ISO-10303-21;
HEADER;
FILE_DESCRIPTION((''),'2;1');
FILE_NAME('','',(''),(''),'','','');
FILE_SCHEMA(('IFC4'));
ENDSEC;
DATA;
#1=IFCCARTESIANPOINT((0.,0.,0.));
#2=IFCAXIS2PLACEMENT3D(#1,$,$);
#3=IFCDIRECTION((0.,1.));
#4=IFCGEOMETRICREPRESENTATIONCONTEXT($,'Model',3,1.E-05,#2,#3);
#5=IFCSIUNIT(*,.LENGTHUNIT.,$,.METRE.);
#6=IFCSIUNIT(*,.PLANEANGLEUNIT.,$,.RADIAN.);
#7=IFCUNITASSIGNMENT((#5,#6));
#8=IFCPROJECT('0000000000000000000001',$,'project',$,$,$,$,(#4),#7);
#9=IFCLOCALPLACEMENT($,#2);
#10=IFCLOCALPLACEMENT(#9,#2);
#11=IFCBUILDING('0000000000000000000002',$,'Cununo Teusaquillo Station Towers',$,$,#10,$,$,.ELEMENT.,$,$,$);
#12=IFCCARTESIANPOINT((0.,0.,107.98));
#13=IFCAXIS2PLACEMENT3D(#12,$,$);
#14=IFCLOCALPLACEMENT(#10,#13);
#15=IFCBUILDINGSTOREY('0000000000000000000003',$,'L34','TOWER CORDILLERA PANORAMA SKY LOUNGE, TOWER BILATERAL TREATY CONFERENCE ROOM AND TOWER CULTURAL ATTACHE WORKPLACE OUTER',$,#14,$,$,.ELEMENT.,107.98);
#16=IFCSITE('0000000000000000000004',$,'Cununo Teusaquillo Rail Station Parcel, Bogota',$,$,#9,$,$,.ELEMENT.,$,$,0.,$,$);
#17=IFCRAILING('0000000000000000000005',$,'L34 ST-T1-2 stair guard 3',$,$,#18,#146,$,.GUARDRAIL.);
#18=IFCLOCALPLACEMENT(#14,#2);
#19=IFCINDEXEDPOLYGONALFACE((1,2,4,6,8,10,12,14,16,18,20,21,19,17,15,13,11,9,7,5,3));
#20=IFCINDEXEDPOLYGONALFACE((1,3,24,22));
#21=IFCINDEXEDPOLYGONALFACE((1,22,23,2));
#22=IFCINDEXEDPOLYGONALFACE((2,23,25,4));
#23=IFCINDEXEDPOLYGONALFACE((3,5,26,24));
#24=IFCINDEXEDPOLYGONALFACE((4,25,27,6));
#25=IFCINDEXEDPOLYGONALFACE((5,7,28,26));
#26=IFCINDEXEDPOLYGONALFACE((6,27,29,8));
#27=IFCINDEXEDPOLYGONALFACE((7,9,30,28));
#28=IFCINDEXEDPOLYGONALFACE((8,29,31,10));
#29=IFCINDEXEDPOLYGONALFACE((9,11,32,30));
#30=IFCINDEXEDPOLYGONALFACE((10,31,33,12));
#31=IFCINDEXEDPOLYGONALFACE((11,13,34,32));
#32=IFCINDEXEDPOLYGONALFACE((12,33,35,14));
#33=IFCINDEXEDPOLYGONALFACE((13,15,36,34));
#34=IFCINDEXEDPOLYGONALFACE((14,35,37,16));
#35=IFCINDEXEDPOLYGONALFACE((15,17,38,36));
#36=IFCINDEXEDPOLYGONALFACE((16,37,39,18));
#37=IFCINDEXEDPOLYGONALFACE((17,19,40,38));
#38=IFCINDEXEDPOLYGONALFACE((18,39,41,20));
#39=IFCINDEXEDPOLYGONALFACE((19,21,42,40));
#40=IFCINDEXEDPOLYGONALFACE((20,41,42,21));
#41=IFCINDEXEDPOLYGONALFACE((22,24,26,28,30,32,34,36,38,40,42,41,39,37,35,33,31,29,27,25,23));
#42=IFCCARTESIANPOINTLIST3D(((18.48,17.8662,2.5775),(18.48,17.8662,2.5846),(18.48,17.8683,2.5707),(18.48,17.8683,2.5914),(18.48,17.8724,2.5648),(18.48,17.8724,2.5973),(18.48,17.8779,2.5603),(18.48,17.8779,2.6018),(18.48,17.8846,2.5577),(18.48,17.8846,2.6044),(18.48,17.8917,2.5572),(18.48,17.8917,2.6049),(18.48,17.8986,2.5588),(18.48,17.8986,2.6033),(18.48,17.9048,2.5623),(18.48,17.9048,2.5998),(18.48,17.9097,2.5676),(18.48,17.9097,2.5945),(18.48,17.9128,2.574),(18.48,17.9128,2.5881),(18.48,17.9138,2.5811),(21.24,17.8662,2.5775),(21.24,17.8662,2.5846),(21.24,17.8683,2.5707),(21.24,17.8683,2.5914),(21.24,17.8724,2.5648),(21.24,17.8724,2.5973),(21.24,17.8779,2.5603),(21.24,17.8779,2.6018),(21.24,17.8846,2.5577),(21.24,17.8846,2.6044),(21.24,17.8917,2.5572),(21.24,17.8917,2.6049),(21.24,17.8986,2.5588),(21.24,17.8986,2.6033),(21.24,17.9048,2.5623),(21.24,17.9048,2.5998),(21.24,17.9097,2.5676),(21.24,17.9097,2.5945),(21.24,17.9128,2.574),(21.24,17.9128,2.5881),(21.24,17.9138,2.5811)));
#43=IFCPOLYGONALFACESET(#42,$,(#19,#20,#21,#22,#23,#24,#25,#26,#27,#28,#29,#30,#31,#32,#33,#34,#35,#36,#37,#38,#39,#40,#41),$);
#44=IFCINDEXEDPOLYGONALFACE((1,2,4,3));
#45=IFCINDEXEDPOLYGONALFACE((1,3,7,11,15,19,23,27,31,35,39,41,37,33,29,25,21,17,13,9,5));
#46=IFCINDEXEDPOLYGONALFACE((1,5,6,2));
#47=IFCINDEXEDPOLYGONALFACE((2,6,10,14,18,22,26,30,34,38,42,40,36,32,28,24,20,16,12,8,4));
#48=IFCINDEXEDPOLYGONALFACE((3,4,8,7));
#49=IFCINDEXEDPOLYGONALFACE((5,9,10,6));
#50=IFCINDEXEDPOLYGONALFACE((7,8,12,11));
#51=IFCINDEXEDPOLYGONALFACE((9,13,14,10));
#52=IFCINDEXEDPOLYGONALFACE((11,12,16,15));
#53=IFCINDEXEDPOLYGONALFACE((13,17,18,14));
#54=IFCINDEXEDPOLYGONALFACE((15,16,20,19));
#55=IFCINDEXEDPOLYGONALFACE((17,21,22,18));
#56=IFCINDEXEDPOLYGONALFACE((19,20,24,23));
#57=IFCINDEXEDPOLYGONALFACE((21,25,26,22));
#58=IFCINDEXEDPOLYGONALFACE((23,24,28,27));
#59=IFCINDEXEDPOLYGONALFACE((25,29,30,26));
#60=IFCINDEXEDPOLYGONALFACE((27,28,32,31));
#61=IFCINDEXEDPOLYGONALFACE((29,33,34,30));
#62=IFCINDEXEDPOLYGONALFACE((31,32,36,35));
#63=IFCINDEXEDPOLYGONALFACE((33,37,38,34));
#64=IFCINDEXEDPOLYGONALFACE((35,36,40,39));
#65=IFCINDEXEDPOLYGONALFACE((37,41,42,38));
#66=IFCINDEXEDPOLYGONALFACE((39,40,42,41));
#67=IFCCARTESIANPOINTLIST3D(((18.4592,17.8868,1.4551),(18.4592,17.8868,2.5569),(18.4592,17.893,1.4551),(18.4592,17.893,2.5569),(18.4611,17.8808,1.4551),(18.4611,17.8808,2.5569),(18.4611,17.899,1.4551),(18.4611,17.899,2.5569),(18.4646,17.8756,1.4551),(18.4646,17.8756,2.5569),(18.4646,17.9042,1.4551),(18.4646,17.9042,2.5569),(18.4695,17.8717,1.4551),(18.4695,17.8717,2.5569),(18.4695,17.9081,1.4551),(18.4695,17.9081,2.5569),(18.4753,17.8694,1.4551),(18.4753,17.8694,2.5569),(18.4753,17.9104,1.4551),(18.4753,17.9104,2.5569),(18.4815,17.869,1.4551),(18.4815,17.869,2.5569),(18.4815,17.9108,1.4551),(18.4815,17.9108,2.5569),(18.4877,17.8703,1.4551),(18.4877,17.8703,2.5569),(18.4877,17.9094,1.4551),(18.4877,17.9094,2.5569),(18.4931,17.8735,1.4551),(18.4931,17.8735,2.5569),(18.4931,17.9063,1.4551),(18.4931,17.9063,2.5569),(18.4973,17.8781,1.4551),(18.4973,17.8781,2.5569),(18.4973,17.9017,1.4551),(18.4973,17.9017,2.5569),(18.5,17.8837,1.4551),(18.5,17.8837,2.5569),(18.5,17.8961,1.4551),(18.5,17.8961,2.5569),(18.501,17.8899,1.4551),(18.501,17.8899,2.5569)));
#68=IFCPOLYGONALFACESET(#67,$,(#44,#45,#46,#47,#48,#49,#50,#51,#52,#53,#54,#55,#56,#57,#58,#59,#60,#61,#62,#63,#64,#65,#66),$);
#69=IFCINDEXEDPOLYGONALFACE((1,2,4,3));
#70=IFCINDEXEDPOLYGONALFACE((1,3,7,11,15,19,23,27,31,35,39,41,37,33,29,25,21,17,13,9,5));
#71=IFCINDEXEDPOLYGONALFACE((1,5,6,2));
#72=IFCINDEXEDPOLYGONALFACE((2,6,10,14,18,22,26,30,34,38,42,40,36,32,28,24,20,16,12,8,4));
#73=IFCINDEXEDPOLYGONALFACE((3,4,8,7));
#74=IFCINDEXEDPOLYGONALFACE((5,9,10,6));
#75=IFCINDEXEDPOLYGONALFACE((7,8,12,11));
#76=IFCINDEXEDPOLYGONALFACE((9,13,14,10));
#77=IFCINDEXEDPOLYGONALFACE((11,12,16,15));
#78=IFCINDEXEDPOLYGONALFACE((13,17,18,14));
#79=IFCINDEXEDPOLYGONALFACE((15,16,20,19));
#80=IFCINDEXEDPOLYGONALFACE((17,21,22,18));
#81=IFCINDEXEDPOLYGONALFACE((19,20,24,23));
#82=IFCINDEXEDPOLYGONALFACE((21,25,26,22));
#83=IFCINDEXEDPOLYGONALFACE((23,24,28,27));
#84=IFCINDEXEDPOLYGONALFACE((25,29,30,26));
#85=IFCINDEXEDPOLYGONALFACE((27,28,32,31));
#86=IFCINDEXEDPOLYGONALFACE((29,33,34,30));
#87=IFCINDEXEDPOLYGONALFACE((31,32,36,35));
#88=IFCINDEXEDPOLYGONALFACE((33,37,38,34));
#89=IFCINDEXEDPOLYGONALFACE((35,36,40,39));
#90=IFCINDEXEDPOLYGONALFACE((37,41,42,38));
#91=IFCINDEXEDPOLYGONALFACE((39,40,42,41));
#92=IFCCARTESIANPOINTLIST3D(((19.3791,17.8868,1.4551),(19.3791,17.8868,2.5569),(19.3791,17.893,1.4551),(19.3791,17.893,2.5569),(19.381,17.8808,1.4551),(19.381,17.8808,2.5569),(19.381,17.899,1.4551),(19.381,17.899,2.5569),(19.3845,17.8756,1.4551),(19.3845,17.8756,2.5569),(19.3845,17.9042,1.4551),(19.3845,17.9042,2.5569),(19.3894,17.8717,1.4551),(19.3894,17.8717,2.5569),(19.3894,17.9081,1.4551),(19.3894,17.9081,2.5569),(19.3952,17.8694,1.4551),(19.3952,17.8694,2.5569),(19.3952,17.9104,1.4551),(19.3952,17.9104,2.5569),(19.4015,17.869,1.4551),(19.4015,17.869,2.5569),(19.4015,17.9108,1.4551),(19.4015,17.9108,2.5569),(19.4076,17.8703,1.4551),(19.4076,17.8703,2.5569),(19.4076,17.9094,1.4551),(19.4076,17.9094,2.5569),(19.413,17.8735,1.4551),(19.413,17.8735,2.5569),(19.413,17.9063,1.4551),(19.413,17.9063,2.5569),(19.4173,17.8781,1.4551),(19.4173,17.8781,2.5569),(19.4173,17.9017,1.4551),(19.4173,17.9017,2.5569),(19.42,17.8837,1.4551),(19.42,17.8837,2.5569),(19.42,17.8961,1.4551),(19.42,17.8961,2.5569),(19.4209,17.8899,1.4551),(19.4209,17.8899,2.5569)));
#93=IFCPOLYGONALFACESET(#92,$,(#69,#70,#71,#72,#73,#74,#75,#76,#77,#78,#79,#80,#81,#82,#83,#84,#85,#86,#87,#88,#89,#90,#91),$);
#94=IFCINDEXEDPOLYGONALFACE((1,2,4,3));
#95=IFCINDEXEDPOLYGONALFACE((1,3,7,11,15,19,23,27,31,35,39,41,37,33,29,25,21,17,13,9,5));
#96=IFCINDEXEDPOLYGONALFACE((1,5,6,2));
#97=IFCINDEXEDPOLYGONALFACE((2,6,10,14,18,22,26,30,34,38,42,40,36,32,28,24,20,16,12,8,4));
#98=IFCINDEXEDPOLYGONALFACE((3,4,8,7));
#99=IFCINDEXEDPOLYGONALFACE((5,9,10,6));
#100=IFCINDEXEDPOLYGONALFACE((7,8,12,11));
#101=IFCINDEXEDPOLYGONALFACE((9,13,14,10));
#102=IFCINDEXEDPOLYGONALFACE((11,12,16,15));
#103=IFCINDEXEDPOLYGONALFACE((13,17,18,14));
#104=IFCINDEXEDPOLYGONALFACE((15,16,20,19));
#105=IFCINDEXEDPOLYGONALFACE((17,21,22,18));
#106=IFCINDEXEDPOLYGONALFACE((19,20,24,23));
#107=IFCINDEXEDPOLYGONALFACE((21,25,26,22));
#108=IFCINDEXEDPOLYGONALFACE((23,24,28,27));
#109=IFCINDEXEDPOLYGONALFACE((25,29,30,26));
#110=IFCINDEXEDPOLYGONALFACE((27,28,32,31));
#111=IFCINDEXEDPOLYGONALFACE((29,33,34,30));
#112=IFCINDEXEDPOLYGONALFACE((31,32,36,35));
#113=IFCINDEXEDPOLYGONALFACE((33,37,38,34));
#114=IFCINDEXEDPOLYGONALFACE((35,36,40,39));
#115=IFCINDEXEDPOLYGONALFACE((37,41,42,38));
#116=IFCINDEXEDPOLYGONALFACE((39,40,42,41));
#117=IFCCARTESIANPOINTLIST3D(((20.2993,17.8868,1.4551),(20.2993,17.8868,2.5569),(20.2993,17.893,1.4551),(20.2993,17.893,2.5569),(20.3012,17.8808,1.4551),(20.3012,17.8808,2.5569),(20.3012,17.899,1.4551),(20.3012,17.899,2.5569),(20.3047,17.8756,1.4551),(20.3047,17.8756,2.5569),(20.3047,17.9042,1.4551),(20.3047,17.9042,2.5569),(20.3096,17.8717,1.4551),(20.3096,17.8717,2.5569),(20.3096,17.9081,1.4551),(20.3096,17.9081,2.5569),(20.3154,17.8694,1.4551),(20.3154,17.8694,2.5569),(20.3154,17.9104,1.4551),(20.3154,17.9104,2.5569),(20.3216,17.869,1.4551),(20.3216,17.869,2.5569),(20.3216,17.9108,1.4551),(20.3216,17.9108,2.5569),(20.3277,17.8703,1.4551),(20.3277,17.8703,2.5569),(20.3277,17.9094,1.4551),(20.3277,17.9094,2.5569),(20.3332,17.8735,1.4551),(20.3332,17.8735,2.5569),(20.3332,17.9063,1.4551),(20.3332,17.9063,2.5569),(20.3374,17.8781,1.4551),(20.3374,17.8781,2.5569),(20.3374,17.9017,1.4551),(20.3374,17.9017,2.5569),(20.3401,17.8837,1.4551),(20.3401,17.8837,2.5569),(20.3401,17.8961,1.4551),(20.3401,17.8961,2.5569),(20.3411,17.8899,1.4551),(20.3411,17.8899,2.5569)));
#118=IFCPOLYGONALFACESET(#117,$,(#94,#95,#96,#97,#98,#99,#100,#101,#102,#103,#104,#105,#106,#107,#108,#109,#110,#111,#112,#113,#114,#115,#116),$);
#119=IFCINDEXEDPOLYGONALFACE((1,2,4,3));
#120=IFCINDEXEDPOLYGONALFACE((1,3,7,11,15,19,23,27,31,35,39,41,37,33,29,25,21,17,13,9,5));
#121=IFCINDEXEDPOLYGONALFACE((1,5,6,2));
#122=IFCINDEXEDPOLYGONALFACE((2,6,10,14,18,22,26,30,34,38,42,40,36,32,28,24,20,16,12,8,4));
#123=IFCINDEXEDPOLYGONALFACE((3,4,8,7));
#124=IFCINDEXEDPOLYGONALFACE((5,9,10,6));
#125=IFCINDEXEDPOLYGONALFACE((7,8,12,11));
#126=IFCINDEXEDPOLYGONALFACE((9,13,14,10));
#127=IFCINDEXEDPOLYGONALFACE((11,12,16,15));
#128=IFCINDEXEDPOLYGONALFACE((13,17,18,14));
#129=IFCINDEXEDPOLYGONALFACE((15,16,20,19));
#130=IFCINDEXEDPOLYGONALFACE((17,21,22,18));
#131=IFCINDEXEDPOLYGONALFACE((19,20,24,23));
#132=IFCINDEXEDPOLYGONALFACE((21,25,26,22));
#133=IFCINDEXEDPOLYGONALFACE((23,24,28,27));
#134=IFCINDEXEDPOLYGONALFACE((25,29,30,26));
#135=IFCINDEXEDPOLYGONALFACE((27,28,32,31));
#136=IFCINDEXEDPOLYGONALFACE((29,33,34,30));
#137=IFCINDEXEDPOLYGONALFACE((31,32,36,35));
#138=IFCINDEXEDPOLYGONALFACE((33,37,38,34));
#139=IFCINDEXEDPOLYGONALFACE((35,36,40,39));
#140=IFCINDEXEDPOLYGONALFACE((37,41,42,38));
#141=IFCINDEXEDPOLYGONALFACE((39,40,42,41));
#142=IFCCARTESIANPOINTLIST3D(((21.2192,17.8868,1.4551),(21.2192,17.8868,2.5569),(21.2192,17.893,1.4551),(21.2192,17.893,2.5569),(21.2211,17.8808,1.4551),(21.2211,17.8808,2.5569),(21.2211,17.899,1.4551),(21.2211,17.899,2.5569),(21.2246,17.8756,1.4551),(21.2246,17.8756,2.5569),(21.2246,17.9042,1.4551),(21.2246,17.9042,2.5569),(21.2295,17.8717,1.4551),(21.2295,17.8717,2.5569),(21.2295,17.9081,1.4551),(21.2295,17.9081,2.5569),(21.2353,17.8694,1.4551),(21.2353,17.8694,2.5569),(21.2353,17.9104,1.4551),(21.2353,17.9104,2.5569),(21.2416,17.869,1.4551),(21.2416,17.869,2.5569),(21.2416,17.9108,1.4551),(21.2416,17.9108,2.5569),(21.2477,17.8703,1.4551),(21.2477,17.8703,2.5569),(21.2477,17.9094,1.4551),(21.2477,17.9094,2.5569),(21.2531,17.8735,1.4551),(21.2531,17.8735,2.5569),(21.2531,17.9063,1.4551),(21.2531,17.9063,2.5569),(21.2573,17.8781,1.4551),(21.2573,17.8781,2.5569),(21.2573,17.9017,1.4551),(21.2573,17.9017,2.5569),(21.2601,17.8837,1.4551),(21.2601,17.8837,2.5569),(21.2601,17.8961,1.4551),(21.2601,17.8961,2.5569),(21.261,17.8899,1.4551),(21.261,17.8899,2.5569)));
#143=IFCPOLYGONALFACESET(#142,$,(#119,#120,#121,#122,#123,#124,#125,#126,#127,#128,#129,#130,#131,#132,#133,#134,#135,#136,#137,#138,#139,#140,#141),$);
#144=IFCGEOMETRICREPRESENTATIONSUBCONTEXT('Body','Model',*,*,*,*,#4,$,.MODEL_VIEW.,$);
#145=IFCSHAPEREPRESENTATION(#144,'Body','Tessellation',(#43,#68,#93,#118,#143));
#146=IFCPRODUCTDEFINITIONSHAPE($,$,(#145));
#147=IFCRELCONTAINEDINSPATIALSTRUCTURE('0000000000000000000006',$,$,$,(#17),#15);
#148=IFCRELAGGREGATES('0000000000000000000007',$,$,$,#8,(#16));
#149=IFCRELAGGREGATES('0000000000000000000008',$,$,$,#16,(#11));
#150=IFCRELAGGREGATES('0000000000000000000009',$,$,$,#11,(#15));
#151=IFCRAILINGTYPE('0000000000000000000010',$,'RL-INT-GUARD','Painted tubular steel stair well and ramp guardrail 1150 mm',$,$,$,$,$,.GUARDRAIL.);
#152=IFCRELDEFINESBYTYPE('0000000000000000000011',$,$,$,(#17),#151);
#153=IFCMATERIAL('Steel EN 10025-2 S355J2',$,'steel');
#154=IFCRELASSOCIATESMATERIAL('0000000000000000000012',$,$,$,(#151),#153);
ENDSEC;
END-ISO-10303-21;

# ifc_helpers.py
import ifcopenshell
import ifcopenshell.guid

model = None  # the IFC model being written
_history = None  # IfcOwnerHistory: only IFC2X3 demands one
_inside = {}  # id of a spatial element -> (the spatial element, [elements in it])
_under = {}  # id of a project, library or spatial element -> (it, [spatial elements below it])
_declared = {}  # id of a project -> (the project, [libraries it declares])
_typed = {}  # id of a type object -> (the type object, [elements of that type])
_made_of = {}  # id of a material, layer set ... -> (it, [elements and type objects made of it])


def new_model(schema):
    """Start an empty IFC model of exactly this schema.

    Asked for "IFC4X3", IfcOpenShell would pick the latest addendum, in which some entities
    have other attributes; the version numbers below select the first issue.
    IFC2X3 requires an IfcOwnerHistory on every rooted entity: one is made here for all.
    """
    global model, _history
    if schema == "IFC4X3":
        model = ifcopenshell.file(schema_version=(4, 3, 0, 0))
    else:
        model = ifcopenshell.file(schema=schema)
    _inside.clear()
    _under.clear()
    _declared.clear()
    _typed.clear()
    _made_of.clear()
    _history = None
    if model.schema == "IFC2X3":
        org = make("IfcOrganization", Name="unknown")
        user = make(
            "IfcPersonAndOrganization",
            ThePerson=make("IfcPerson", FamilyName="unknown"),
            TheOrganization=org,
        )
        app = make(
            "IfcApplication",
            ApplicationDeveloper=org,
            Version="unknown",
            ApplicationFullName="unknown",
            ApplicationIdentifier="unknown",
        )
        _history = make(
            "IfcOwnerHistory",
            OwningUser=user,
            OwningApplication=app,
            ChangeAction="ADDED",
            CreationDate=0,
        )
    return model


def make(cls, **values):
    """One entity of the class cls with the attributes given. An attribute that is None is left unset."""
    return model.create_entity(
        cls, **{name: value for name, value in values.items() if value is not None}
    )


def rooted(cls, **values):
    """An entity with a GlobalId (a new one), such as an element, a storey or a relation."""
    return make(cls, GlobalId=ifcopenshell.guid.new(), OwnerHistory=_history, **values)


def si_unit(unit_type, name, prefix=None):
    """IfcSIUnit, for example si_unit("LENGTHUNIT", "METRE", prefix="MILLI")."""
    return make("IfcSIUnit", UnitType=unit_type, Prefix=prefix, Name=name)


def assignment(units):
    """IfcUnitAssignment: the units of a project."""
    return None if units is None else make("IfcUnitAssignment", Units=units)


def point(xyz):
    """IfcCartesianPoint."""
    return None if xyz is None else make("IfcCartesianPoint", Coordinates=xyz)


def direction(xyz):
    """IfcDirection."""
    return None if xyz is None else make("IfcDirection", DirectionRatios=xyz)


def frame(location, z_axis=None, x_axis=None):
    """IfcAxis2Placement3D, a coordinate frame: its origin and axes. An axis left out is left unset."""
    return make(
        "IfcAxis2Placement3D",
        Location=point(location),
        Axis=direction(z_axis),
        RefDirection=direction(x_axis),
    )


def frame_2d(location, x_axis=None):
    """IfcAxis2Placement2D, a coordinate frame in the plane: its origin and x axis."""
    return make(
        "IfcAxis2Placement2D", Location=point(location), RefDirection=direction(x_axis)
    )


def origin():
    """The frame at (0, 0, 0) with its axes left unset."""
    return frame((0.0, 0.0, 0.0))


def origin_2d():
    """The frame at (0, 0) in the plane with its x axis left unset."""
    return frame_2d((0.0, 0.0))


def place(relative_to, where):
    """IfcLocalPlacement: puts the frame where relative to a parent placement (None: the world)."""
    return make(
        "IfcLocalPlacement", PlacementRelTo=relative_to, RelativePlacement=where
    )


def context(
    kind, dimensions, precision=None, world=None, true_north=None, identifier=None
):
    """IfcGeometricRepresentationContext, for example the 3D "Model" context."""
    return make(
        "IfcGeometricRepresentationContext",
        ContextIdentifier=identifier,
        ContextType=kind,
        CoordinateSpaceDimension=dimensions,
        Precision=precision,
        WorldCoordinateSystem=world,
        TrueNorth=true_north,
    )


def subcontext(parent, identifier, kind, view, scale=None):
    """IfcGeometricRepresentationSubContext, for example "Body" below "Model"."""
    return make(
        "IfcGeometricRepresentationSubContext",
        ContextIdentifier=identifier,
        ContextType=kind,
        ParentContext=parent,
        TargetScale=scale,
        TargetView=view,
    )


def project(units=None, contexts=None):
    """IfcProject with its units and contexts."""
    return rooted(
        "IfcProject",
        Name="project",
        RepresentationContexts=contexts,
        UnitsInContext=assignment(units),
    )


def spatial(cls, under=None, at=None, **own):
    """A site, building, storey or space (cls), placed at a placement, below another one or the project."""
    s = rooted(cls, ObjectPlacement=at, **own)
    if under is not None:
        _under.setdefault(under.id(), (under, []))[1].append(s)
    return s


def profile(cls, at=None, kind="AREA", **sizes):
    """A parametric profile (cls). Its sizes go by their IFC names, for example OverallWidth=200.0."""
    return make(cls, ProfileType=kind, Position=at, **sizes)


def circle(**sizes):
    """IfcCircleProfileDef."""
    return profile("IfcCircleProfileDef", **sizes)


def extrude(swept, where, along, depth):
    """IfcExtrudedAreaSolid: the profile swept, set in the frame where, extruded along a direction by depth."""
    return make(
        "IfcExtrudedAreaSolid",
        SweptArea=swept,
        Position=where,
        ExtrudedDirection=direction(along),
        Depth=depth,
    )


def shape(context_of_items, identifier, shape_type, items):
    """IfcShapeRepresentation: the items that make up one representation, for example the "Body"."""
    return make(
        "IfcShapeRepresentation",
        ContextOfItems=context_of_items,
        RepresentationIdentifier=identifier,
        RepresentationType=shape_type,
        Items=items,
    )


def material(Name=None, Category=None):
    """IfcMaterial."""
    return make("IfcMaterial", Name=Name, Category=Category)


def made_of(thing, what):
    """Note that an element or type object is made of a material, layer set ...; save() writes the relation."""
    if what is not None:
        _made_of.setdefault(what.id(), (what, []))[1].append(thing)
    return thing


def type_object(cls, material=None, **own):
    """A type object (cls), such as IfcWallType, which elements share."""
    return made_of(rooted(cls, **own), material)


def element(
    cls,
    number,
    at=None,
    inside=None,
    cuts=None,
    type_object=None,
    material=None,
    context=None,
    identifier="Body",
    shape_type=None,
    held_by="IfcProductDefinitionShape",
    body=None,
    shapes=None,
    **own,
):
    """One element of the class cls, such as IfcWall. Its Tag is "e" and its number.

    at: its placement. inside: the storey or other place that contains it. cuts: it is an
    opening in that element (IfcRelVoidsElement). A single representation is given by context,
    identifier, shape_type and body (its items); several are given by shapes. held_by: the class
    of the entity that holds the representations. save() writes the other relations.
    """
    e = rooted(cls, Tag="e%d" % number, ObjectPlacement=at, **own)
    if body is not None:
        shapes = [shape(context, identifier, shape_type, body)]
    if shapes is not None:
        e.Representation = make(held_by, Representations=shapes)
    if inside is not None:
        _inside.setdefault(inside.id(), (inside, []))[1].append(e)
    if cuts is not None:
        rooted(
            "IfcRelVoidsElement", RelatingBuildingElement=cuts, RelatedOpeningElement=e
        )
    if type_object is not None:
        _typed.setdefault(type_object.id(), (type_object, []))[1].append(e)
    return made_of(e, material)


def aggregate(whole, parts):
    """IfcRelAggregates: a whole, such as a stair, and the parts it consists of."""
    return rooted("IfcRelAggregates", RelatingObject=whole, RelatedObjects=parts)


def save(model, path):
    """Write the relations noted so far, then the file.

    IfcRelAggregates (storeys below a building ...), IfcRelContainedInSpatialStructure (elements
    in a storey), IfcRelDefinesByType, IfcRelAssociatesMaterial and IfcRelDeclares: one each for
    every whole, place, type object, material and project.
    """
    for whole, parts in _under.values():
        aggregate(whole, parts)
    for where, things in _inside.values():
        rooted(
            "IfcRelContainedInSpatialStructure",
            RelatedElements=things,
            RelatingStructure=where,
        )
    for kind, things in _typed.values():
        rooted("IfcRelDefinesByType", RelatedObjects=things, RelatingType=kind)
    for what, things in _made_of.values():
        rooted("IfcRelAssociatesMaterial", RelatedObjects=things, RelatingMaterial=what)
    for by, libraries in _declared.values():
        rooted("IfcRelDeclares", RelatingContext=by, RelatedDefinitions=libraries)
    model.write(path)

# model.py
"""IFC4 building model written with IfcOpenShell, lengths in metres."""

from ifc_helpers import new_model, si_unit, direction, frame, origin, origin_2d, place, context, subcontext, project, spatial, circle, extrude, material, type_object, element, save


model = new_model("IFC4")

# Units and contexts
model_context = context("Model", 3, precision=1e-05, world=origin(), true_north=direction((0.0, 1.0)))
body_context = subcontext(model_context, "Body", "Model", "MODEL_VIEW")
ifc_project = project(units=[si_unit("LENGTHUNIT", "METRE"), si_unit("PLANEANGLEUNIT", "RADIAN")], contexts=[model_context])

# Site, building, storey
site_placement = place(None, origin())
site = spatial("IfcSite", under=ifc_project, at=site_placement, Name="Cununo Teusaquillo Rail Station Parcel, Bogota", CompositionType="ELEMENT", RefElevation=0.0)
building_placement = place(site_placement, origin())
building = spatial("IfcBuilding", under=site, at=building_placement, Name="Cununo Teusaquillo Station Towers", CompositionType="ELEMENT")
storey_placement = place(building_placement, frame((0.0, 0.0, 107.98)))
storey = spatial("IfcBuildingStorey", under=building, at=storey_placement, Name="L34", Description="TOWER CORDILLERA PANORAMA SKY LOUNGE, TOWER BILATERAL TREATY CONFERENCE ROOM AND TOWER CULTURAL ATTACHE WORKPLACE OUTER", CompositionType="ELEMENT", Elevation=107.98)

# Railing
ifc_material_1 = material(Name="Steel EN 10025-2 S355J2", Category="steel")
railing_type_1 = type_object("IfcRailingType", Name="RL-INT-GUARD", Description="Painted tubular steel stair well and ramp guardrail 1150 mm", PredefinedType="GUARDRAIL", material=ifc_material_1)
railing_1_placement = place(storey_placement, frame((18.48, 17.8899, 1.4551)))
element("IfcRailing", 1, at=railing_1_placement, inside=storey, type_object=railing_type_1, Name="L34 ST-T1-2 stair guard 3", PredefinedType="GUARDRAIL", context=body_context, shape_type="SweptSolid", body=[
    extrude(circle(Radius=0.0239, at=origin_2d()), frame((0.0, 0.0, 1.126), z_axis=(1.0, 0.0, 0.0), x_axis=(0.0, 1.0, 0.0)), (0.0, 0.0, 1.0), 2.76),
    extrude(circle(Radius=0.021, at=origin_2d()), origin(), (0.0, 0.0, 1.0), 1.1018),
    extrude(circle(Radius=0.021, at=origin_2d()), frame((0.9199, 0.0, 0.0)), (0.0, 0.0, 1.0), 1.1018),
    extrude(circle(Radius=0.021, at=origin_2d()), frame((1.8401, 0.0, 0.0)), (0.0, 0.0, 1.0), 1.1018),
    extrude(circle(Radius=0.021, at=origin_2d()), frame((2.76, 0.0, 0.0)), (0.0, 0.0, 1.0), 1.1018),
])

save(model, "model.ifc")
